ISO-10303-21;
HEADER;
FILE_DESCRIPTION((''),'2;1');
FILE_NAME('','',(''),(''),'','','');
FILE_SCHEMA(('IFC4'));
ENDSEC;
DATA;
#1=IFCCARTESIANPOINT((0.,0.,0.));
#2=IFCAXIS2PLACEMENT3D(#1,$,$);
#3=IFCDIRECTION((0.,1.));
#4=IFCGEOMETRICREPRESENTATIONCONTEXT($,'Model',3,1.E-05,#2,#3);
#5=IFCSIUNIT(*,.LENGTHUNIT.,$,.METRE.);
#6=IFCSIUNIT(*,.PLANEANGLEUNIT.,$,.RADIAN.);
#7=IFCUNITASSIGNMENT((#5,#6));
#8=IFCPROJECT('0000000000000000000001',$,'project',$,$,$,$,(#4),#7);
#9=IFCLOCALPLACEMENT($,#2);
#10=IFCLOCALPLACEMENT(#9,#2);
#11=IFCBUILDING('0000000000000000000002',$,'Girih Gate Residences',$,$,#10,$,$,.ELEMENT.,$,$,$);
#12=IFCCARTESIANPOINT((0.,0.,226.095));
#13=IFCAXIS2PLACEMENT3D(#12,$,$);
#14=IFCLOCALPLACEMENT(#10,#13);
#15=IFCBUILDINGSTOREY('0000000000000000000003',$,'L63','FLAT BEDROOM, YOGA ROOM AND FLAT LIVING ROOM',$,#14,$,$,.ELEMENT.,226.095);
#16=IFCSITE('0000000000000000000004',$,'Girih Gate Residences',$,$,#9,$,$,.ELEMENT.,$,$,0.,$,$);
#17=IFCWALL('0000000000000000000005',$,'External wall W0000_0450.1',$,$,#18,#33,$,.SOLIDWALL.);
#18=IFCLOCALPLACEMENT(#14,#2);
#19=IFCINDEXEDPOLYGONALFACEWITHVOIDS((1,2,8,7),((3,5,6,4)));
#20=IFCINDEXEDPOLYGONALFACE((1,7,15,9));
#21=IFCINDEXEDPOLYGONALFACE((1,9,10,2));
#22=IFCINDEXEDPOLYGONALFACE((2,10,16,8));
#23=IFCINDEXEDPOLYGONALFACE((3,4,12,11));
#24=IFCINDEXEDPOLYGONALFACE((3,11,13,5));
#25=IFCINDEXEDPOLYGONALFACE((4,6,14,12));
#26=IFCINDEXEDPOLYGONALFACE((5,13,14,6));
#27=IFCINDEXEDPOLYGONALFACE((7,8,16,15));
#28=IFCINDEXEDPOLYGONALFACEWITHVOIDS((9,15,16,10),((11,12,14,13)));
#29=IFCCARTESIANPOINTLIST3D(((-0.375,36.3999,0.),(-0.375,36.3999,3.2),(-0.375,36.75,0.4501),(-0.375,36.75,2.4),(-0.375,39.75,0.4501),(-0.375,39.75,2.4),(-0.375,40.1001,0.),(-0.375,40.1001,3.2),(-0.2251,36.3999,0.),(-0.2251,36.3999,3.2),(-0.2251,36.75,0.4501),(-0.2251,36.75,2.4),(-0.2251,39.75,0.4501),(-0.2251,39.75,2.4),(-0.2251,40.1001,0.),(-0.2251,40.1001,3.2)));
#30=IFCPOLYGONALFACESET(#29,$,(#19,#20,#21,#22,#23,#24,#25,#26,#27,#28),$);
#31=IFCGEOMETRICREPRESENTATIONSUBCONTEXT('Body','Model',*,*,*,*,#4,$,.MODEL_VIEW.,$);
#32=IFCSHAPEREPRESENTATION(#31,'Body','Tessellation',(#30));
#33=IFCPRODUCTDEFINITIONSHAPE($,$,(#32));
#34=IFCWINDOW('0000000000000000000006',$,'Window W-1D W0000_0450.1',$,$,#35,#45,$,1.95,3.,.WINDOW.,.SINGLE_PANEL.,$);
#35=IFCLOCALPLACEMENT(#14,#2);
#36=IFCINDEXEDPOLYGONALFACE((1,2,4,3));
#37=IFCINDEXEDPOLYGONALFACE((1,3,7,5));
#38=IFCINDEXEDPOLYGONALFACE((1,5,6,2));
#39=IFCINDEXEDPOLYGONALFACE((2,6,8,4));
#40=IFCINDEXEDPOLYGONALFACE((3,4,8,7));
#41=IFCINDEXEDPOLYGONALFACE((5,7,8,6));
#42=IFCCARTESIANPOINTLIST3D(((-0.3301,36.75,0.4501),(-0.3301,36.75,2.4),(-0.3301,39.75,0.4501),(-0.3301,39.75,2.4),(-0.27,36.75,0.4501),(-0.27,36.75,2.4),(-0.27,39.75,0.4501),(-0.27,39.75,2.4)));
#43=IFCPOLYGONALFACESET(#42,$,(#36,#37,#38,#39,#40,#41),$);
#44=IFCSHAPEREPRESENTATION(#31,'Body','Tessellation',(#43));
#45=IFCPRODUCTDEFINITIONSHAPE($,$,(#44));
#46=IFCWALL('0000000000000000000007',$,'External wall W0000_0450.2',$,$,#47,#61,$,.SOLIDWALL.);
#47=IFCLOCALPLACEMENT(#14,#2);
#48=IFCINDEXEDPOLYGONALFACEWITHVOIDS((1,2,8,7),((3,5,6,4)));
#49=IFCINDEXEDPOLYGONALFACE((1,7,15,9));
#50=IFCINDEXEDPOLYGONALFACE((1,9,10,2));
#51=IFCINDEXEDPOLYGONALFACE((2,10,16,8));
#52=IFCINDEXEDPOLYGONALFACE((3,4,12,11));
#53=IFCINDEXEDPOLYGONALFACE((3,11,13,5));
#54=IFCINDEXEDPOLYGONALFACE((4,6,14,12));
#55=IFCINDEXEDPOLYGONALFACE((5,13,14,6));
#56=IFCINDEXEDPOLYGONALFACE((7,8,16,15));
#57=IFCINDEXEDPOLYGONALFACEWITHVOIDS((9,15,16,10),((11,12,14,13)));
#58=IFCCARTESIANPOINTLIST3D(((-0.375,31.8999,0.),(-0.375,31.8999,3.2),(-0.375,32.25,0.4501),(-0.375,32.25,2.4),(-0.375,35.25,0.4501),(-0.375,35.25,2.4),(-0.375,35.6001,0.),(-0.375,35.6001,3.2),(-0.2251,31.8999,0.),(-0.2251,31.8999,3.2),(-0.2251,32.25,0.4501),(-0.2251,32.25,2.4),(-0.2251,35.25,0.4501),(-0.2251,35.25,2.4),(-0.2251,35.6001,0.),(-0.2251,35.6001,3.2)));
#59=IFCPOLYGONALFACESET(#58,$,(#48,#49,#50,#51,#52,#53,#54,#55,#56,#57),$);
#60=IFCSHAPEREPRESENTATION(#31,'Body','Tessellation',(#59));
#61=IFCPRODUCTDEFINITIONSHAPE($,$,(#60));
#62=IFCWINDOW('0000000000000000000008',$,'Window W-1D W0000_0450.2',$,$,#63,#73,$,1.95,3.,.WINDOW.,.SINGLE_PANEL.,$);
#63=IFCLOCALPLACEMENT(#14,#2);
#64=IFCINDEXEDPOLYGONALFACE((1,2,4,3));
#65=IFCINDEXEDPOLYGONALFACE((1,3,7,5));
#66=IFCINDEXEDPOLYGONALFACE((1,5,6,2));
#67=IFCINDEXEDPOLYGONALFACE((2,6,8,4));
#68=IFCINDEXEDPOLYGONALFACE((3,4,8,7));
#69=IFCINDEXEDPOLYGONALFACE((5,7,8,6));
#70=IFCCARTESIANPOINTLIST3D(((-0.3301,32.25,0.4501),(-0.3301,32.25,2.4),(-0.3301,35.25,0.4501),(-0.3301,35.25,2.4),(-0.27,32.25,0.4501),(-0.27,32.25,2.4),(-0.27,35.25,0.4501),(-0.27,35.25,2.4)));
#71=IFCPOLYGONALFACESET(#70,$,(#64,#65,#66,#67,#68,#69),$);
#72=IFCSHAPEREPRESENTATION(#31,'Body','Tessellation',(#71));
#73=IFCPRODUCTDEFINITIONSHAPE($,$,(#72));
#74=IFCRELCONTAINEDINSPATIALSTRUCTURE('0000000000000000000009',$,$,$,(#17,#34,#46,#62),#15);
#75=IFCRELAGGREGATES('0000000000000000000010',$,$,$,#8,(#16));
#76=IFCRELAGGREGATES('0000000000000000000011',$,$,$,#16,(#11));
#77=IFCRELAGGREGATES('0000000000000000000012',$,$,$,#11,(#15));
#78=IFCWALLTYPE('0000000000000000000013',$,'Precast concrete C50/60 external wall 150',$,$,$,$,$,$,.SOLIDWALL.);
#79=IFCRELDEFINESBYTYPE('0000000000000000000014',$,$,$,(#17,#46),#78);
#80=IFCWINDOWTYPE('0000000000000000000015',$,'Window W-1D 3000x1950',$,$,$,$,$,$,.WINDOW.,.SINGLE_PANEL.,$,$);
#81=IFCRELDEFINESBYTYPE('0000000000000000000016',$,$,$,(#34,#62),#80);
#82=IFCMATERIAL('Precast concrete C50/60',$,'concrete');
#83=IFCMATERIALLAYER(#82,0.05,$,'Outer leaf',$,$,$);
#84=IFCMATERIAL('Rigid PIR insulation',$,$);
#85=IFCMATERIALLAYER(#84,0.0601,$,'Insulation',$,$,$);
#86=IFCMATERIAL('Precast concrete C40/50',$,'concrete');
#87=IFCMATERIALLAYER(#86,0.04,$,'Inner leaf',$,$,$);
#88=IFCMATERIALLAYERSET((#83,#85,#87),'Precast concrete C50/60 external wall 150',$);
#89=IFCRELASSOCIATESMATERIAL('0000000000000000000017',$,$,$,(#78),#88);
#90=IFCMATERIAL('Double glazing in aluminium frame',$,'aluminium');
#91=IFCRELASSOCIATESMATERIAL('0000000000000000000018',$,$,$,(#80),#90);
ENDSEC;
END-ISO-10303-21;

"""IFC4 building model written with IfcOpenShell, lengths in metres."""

from ifc_helpers import new_model, si_unit, direction, frame, frame_2d, origin, place, context, subcontext, project, spatial, rectangle, extrude, material, layer, layer_set, type_object, element, fill, save


model = new_model("IFC4")

# Units and contexts
model_context = context("Model", 3, precision=1e-05, world=origin(), true_north=direction((0.0, 1.0)))
body_context = subcontext(model_context, "Body", "Model", "MODEL_VIEW")
ifc_project = project(units=[si_unit("LENGTHUNIT", "METRE"), si_unit("PLANEANGLEUNIT", "RADIAN")], contexts=[model_context])

# Site, building, storey
site_placement = place(None, origin())
site = spatial("IfcSite", under=ifc_project, at=site_placement, Name="Girih Gate Residences", CompositionType="ELEMENT", RefElevation=0.0)
building_placement = place(site_placement, origin())
building = spatial("IfcBuilding", under=site, at=building_placement, Name="Girih Gate Residences", CompositionType="ELEMENT")
storey_placement = place(building_placement, frame((0.0, 0.0, 226.095)))
storey = spatial("IfcBuildingStorey", under=building, at=storey_placement, Name="L63", Description="FLAT BEDROOM, YOGA ROOM AND FLAT LIVING ROOM", CompositionType="ELEMENT", Elevation=226.095)

# Walls, openings, windows
ifc_material_1 = material(Name="Precast concrete C50/60", Category="concrete")
ifc_layer_1 = layer(ifc_material_1, 0.05, Name="Outer leaf")
ifc_material_2 = material(Name="Rigid PIR insulation")
ifc_layer_2 = layer(ifc_material_2, 0.0601, Name="Insulation")
ifc_material_3 = material(Name="Precast concrete C40/50", Category="concrete")
ifc_layer_3 = layer(ifc_material_3, 0.04, Name="Inner leaf")
ifc_layer_set_1 = layer_set([ifc_layer_1, ifc_layer_2, ifc_layer_3], Name="Precast concrete C50/60 external wall 150")
wall_type_1 = type_object("IfcWallType", Name="Precast concrete C50/60 external wall 150", PredefinedType="SOLIDWALL", material=ifc_layer_set_1)
wall_1_placement = place(storey_placement, frame((-0.3, 36.3999, 0.0), z_axis=(0.0, 0.0, 1.0), x_axis=(0.0, 1.0, 0.0)))
wall_1 = element("IfcWall", 1, at=wall_1_placement, inside=storey, type_object=wall_type_1, Name="External wall W0000_0450.1", PredefinedType="SOLIDWALL", context=body_context, shape_type="SweptSolid", body=[
    extrude(rectangle(XDim=3.7002, YDim=0.1499, at=frame_2d((1.8501, 0.0))), origin(), (0.0, 0.0, 1.0), 3.2),
])
opening_1_placement = place(wall_1_placement, frame((0.3501, 0.0, 0.45)))
opening_1 = element("IfcOpeningElement", 2, at=opening_1_placement, cuts=wall_1, PredefinedType="OPENING", context=body_context, shape_type="SweptSolid", body=[
    extrude(rectangle(XDim=3.0, YDim=1.95, at=frame_2d((1.5, 0.9751))), frame((0.0, 0.085, 0.0), z_axis=(0.0, -1.0, 0.0), x_axis=(1.0, 0.0, 0.0)), (0.0, 0.0, 1.0), 0.1699),
])
ifc_material_4 = material(Name="Double glazing in aluminium frame", Category="aluminium")
window_type = type_object("IfcWindowType", Name="Window W-1D 3000x1950", PartitioningType="SINGLE_PANEL", PredefinedType="WINDOW", material=ifc_material_4)
window_1_placement = place(opening_1_placement, origin())
window_1 = element("IfcWindow", 3, at=window_1_placement, inside=storey, type_object=window_type, Name="Window W-1D W0000_0450.1", OverallHeight=1.95, OverallWidth=3.0, PartitioningType="SINGLE_PANEL", PredefinedType="WINDOW", context=body_context, shape_type="SweptSolid", body=[
    extrude(rectangle(XDim=3.0, YDim=1.95, at=frame_2d((1.5, 0.9751))), frame((0.0, 0.03, 0.0), z_axis=(0.0, -1.0, 0.0), x_axis=(1.0, 0.0, 0.0)), (0.0, 0.0, 1.0), 0.0601),
])
fill(opening_1, window_1)
wall_2_placement = place(storey_placement, frame((-0.3, 31.8999, 0.0), z_axis=(0.0, 0.0, 1.0), x_axis=(0.0, 1.0, 0.0)))
wall_2 = element("IfcWall", 4, at=wall_2_placement, inside=storey, type_object=wall_type_1, Name="External wall W0000_0450.2", PredefinedType="SOLIDWALL", context=body_context, shape_type="SweptSolid", body=[
    extrude(rectangle(XDim=3.7002, YDim=0.1499, at=frame_2d((1.8501, 0.0))), origin(), (0.0, 0.0, 1.0), 3.2),
])
opening_2_placement = place(wall_2_placement, frame((0.3501, 0.0, 0.45)))
opening_2 = element("IfcOpeningElement", 5, at=opening_2_placement, cuts=wall_2, PredefinedType="OPENING", context=body_context, shape_type="SweptSolid", body=[
    extrude(rectangle(XDim=3.0, YDim=1.95, at=frame_2d((1.5, 0.9751))), frame((0.0, 0.085, 0.0), z_axis=(0.0, -1.0, 0.0), x_axis=(1.0, 0.0, 0.0)), (0.0, 0.0, 1.0), 0.1699),
])
window_2_placement = place(opening_2_placement, origin())
window_2 = element("IfcWindow", 6, at=window_2_placement, inside=storey, type_object=window_type, Name="Window W-1D W0000_0450.2", OverallHeight=1.95, OverallWidth=3.0, PartitioningType="SINGLE_PANEL", PredefinedType="WINDOW", context=body_context, shape_type="SweptSolid", body=[
    extrude(rectangle(XDim=3.0, YDim=1.95, at=frame_2d((1.5, 0.9751))), frame((0.0, 0.03, 0.0), z_axis=(0.0, -1.0, 0.0), x_axis=(1.0, 0.0, 0.0)), (0.0, 0.0, 1.0), 0.0601),
])
fill(opening_2, window_2)

save(model, "model.ifc")
